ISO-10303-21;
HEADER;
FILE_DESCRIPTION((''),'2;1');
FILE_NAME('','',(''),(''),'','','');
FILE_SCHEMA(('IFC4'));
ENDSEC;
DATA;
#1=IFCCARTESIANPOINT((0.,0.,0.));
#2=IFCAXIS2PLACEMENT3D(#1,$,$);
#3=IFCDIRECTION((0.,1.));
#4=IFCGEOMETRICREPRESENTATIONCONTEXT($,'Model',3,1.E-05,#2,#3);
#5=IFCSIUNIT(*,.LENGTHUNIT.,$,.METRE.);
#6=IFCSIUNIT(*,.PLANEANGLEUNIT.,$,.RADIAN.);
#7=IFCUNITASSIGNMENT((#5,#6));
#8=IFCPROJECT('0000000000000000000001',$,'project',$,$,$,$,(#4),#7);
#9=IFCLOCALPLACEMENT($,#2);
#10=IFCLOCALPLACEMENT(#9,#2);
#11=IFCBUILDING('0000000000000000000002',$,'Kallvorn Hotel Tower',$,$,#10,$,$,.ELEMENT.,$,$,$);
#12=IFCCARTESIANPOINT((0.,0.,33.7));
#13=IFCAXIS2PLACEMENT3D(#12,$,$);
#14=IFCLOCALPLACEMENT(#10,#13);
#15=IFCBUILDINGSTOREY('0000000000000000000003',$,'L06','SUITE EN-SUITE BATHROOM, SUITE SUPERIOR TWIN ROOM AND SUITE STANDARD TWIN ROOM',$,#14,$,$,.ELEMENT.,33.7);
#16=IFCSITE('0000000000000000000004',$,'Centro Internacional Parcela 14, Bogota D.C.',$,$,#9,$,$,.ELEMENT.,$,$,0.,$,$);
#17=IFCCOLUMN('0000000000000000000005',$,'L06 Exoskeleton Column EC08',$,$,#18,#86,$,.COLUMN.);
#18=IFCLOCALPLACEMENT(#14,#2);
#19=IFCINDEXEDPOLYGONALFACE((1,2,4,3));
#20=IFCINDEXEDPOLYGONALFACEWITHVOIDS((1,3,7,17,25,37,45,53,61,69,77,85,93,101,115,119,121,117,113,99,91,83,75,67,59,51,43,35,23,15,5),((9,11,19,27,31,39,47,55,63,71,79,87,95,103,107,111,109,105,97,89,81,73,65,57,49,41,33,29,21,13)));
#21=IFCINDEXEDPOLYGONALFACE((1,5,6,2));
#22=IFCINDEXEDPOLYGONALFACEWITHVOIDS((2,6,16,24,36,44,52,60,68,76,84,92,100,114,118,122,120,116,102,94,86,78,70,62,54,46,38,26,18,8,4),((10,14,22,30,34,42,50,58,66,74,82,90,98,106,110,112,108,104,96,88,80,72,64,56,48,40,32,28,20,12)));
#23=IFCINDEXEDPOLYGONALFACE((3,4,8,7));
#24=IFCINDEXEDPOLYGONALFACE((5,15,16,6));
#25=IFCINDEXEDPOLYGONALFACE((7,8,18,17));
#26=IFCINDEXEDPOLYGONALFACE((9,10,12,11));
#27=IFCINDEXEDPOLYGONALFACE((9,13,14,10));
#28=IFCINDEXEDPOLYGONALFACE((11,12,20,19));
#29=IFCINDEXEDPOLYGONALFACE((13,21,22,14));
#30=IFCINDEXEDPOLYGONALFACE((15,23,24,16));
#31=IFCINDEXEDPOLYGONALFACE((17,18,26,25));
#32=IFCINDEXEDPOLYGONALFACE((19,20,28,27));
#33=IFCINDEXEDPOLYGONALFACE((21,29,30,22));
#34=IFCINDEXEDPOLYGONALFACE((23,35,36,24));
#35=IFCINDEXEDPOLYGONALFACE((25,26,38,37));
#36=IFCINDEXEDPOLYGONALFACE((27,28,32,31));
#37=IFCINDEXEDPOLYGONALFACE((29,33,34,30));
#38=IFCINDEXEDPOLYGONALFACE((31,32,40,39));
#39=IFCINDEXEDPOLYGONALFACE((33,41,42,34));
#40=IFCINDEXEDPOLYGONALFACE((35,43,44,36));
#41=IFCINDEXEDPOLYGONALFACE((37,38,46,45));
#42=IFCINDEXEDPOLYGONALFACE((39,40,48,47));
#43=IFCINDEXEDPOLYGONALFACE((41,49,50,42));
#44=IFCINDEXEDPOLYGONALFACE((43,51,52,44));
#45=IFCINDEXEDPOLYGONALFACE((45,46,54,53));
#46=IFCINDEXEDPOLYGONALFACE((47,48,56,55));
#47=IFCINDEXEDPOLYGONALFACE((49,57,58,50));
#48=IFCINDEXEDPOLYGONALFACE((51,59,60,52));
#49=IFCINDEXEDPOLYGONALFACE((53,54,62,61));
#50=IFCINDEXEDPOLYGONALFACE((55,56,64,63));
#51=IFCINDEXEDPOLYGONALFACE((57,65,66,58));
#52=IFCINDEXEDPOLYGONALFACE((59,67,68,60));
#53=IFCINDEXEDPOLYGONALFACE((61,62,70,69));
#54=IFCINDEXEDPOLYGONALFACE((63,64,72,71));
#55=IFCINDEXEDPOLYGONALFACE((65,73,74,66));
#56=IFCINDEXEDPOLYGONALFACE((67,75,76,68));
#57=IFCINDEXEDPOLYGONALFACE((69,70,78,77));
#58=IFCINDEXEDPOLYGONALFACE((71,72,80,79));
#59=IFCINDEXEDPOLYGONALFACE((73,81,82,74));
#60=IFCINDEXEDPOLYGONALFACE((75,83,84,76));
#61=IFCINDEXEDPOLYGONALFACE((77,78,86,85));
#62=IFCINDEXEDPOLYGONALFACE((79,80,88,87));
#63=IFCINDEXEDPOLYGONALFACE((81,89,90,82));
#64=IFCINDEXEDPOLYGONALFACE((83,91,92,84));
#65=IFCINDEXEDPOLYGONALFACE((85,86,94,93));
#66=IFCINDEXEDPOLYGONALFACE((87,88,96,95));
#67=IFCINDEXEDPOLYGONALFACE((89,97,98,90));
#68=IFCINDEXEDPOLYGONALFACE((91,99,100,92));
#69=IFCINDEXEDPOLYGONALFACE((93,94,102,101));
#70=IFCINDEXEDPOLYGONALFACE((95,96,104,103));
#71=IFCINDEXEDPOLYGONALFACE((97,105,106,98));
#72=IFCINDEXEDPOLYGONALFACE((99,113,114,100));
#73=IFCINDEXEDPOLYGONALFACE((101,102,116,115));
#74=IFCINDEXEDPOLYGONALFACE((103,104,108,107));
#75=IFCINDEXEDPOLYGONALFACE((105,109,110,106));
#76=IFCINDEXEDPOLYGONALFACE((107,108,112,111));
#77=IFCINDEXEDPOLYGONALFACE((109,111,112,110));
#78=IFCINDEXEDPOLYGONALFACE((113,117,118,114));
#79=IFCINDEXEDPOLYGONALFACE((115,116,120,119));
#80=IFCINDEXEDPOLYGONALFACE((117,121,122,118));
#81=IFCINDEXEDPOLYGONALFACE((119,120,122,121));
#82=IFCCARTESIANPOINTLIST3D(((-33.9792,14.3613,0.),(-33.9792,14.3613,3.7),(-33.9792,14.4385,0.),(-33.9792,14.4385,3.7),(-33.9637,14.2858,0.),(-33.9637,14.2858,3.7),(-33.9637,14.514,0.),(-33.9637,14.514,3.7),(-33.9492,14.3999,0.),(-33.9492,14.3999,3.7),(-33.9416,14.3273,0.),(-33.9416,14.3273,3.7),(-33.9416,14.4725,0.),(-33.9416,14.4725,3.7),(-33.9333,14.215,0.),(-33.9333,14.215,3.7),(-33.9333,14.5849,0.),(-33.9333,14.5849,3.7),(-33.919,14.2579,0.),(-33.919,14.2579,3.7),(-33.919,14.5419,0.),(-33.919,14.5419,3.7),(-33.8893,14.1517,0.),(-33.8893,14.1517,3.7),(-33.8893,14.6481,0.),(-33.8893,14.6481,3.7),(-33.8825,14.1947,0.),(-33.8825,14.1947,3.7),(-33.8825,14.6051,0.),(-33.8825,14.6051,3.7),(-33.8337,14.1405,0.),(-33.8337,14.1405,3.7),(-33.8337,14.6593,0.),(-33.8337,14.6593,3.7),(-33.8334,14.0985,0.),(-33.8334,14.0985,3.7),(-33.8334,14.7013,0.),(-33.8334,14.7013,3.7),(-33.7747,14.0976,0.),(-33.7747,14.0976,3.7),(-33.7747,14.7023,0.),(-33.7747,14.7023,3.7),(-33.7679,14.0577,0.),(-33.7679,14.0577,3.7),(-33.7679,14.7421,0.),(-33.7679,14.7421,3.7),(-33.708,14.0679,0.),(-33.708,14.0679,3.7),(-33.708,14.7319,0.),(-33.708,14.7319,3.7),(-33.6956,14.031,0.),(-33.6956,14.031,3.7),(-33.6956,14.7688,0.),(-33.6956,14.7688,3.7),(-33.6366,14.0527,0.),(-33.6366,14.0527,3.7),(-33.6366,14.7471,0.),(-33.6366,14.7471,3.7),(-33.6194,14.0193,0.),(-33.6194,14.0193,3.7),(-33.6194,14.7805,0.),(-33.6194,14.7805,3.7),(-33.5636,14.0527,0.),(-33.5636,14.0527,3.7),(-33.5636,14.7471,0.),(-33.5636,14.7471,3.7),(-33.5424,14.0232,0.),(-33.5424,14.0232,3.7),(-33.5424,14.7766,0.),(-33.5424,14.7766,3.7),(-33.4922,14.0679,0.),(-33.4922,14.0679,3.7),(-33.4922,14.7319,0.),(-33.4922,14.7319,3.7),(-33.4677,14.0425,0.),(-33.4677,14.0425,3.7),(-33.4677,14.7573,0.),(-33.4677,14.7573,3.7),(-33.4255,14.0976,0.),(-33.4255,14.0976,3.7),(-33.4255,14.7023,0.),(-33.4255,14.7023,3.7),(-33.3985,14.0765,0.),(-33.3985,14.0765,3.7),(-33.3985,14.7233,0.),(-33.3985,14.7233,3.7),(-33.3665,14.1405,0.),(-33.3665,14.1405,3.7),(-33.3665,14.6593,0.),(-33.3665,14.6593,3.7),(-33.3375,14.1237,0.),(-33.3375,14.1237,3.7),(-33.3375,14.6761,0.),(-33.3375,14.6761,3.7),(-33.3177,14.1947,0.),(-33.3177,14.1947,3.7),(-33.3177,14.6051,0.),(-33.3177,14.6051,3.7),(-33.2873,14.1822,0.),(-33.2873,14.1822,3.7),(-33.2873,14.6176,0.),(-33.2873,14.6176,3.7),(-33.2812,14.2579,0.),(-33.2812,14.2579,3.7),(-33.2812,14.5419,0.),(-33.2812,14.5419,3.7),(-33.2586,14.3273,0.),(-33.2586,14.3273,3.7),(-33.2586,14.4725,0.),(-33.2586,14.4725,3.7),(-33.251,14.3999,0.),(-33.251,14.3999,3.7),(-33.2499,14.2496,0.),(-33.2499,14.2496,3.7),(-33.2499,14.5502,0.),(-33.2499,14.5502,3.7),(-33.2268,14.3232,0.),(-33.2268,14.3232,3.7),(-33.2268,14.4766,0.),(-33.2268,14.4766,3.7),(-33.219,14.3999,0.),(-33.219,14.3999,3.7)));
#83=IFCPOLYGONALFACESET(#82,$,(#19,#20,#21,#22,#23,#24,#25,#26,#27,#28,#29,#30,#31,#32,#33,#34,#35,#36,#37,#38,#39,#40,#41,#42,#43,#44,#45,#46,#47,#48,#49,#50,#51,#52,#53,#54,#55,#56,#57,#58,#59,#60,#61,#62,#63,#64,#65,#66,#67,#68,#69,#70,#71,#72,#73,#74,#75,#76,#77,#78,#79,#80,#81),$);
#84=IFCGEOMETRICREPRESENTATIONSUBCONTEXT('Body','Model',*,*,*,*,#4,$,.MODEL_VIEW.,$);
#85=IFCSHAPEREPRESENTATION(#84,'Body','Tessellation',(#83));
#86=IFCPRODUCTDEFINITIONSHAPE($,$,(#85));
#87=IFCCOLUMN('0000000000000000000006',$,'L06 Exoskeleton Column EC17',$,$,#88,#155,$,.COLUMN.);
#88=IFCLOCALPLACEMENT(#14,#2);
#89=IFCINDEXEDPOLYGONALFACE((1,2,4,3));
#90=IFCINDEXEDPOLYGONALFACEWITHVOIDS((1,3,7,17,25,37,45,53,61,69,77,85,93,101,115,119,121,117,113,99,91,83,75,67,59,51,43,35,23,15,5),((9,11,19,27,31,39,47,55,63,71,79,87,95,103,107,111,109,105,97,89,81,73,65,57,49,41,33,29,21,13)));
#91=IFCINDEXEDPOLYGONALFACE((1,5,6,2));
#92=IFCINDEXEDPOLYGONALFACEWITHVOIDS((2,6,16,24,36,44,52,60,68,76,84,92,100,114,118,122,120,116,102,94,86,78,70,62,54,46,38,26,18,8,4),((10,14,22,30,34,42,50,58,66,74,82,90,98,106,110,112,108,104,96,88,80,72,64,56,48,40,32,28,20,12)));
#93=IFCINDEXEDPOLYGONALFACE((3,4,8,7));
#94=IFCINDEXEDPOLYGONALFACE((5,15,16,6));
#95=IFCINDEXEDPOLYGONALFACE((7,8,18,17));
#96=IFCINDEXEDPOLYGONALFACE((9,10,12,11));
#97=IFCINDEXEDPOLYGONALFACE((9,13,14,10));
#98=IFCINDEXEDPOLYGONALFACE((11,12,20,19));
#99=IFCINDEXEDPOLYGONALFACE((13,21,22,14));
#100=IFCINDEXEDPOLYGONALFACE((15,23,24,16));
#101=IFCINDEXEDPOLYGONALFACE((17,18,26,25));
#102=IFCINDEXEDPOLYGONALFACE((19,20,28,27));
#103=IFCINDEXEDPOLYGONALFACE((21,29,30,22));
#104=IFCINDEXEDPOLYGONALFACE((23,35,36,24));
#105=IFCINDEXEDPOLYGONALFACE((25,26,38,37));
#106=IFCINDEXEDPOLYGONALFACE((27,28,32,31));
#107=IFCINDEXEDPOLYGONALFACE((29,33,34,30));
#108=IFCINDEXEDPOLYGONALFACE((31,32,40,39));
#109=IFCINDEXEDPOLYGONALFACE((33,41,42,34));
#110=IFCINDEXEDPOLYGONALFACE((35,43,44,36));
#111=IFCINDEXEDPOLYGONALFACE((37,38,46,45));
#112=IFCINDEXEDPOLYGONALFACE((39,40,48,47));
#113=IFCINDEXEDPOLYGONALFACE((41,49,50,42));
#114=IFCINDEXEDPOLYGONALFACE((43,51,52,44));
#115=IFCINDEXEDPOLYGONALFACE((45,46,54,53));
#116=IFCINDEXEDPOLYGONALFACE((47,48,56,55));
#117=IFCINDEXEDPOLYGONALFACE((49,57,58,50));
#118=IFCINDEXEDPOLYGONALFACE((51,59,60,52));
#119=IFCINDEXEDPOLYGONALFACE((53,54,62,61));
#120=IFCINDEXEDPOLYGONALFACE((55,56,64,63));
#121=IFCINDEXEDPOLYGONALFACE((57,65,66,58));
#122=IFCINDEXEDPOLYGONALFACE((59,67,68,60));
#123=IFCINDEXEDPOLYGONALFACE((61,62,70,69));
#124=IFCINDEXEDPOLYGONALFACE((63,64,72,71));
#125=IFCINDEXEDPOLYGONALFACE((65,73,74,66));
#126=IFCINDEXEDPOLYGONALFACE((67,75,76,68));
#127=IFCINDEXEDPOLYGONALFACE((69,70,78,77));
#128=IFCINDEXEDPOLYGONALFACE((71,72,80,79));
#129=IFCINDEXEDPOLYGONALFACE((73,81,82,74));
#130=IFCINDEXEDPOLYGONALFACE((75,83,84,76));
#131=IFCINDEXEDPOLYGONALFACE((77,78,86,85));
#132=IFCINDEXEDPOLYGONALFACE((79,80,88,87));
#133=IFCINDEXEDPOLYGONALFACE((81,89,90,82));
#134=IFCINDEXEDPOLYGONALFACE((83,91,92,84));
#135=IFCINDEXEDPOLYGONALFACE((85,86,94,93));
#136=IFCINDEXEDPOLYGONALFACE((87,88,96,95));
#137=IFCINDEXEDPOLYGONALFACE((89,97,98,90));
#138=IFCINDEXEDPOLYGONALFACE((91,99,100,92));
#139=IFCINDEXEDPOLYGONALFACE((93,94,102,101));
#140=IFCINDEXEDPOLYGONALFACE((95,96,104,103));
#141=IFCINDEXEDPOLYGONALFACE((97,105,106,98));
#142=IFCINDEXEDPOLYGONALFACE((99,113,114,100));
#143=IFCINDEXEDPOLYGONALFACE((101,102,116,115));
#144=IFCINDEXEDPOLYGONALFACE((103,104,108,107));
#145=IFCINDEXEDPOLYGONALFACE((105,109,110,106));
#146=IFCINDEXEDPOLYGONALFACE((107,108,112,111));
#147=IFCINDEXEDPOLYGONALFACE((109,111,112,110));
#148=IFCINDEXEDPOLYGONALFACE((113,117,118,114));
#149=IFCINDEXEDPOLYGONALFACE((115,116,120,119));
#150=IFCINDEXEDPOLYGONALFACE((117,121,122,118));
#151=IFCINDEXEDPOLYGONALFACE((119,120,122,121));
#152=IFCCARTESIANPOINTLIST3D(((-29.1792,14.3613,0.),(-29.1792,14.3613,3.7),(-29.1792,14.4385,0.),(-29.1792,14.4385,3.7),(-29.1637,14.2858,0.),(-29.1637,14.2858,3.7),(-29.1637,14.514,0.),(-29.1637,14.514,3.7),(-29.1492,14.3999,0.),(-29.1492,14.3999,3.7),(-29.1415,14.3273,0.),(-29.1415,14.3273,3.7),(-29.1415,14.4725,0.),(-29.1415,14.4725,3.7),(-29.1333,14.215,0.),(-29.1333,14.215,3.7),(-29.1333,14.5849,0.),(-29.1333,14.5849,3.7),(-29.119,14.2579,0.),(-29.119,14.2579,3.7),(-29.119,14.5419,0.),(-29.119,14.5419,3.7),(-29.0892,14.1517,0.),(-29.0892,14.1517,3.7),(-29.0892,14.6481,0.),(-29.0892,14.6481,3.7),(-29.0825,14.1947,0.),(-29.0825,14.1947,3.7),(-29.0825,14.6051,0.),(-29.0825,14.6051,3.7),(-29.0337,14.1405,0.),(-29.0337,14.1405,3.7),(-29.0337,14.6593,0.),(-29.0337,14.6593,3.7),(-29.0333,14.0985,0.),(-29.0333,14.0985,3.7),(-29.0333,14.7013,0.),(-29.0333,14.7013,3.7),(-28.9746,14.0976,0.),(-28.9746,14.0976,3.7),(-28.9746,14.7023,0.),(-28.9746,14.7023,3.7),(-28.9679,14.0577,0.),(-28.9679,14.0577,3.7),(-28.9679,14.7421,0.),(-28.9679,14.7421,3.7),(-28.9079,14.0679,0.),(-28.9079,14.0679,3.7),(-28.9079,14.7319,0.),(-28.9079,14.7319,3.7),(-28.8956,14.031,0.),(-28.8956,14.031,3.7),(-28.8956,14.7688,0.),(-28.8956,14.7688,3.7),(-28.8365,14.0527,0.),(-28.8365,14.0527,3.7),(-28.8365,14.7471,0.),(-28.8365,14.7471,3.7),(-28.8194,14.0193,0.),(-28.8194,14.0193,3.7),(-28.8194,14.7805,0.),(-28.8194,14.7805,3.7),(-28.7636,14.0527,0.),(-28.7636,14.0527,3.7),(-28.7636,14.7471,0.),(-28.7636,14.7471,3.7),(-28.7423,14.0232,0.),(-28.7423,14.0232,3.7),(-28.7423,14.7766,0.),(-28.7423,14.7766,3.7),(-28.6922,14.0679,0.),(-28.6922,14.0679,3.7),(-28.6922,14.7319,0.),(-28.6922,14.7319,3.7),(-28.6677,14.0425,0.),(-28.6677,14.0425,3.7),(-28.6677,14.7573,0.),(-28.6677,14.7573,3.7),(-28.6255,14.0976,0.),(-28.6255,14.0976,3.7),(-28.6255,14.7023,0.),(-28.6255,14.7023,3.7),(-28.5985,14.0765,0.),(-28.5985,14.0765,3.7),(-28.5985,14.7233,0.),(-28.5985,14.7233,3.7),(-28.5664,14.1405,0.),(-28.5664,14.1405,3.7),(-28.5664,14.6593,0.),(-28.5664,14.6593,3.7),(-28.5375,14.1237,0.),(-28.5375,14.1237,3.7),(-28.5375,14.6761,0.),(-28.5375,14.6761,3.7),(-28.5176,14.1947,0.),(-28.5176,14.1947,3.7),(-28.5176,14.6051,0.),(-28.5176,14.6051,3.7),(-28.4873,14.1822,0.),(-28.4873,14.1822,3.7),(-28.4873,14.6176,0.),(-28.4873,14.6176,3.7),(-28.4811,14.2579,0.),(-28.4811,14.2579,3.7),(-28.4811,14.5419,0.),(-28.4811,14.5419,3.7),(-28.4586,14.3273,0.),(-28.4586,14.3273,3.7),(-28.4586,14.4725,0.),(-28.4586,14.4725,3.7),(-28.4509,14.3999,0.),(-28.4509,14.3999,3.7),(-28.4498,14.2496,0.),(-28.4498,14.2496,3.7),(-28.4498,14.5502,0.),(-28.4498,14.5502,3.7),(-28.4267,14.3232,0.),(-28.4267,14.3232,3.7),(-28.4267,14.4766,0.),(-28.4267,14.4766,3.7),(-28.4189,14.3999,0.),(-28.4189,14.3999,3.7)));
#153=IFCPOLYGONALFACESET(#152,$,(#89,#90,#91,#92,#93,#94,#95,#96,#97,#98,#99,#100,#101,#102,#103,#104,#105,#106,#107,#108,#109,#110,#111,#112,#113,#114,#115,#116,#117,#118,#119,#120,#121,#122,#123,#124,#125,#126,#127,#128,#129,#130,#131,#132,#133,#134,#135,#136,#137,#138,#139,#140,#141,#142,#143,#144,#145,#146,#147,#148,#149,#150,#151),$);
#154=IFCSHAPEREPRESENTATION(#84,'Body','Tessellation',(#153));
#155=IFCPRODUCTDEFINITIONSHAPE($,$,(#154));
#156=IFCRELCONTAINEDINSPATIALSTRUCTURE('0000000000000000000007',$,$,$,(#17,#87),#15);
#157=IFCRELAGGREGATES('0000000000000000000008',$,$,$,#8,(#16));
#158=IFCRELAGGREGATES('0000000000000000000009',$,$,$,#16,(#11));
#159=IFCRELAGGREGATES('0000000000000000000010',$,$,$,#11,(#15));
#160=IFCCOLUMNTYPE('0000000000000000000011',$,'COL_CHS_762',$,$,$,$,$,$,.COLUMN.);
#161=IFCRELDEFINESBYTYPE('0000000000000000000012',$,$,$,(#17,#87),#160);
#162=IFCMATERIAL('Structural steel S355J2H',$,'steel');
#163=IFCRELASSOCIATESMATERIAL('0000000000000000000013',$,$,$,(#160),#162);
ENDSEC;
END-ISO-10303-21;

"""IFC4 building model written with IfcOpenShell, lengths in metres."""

from ifc_helpers import new_model, si_unit, direction, frame, origin, origin_2d, place, context, subcontext, project, spatial, hollow_circle, extrude, material, material_profile, profile_set, type_object, element, save


model = new_model("IFC4")

# Units and contexts
model_context = context("Model", 3, precision=1e-05, world=origin(), true_north=direction((0.0, 1.0)))
body_context = subcontext(model_context, "Body", "Model", "MODEL_VIEW")
ifc_project = project(units=[si_unit("LENGTHUNIT", "METRE"), si_unit("PLANEANGLEUNIT", "RADIAN")], contexts=[model_context])

# Site, building, storey
site_placement = place(None, origin())
site = spatial("IfcSite", under=ifc_project, at=site_placement, Name="Centro Internacional Parcela 14, Bogota D.C.", CompositionType="ELEMENT", RefElevation=0.0)
building_placement = place(site_placement, origin())
building = spatial("IfcBuilding", under=site, at=building_placement, Name="Kallvorn Hotel Tower", CompositionType="ELEMENT")
storey_placement = place(building_placement, frame((0.0, 0.0, 33.7)))
storey = spatial("IfcBuildingStorey", under=building, at=storey_placement, Name="L06", Description="SUITE EN-SUITE BATHROOM, SUITE SUPERIOR TWIN ROOM AND SUITE STANDARD TWIN ROOM", CompositionType="ELEMENT", Elevation=33.7)

# Columns
ifc_material_1 = material(Name="Structural steel S355J2H", Category="steel")
ifc_material_profile_1 = material_profile(ifc_material_1, hollow_circle(Radius=0.3811, WallThickness=0.032, at=origin_2d()), Name="CHS 762x32")
ifc_profile_set_1 = profile_set([ifc_material_profile_1], Name="Structural steel S355J2H")
column_type_1 = type_object("IfcColumnType", Name="COL_CHS_762", PredefinedType="COLUMN", material=ifc_profile_set_1)
for number, where, z_axis, x_axis, name in (
    (1, (-33.6001, 14.3999, 0.0), (0.0, 0.0, 1.0), (1.0, 0.0, 0.0), "L06 Exoskeleton Column EC08"),
    (2, (-28.8, 14.3999, 0.0), (0.0, 0.0, 1.0), (1.0, 0.0, 0.0), "L06 Exoskeleton Column EC17"),
):
    element("IfcColumn", number, at=place(storey_placement, frame(where, z_axis=z_axis, x_axis=x_axis)), inside=storey, type_object=column_type_1, Name=name, PredefinedType="COLUMN", context=body_context, shape_type="SweptSolid", body=[
        extrude(hollow_circle(Radius=0.3811, WallThickness=0.032, at=origin_2d()), origin(), (0.0, 0.0, 1.0), 3.7),
    ])

save(model, "model.ifc")
